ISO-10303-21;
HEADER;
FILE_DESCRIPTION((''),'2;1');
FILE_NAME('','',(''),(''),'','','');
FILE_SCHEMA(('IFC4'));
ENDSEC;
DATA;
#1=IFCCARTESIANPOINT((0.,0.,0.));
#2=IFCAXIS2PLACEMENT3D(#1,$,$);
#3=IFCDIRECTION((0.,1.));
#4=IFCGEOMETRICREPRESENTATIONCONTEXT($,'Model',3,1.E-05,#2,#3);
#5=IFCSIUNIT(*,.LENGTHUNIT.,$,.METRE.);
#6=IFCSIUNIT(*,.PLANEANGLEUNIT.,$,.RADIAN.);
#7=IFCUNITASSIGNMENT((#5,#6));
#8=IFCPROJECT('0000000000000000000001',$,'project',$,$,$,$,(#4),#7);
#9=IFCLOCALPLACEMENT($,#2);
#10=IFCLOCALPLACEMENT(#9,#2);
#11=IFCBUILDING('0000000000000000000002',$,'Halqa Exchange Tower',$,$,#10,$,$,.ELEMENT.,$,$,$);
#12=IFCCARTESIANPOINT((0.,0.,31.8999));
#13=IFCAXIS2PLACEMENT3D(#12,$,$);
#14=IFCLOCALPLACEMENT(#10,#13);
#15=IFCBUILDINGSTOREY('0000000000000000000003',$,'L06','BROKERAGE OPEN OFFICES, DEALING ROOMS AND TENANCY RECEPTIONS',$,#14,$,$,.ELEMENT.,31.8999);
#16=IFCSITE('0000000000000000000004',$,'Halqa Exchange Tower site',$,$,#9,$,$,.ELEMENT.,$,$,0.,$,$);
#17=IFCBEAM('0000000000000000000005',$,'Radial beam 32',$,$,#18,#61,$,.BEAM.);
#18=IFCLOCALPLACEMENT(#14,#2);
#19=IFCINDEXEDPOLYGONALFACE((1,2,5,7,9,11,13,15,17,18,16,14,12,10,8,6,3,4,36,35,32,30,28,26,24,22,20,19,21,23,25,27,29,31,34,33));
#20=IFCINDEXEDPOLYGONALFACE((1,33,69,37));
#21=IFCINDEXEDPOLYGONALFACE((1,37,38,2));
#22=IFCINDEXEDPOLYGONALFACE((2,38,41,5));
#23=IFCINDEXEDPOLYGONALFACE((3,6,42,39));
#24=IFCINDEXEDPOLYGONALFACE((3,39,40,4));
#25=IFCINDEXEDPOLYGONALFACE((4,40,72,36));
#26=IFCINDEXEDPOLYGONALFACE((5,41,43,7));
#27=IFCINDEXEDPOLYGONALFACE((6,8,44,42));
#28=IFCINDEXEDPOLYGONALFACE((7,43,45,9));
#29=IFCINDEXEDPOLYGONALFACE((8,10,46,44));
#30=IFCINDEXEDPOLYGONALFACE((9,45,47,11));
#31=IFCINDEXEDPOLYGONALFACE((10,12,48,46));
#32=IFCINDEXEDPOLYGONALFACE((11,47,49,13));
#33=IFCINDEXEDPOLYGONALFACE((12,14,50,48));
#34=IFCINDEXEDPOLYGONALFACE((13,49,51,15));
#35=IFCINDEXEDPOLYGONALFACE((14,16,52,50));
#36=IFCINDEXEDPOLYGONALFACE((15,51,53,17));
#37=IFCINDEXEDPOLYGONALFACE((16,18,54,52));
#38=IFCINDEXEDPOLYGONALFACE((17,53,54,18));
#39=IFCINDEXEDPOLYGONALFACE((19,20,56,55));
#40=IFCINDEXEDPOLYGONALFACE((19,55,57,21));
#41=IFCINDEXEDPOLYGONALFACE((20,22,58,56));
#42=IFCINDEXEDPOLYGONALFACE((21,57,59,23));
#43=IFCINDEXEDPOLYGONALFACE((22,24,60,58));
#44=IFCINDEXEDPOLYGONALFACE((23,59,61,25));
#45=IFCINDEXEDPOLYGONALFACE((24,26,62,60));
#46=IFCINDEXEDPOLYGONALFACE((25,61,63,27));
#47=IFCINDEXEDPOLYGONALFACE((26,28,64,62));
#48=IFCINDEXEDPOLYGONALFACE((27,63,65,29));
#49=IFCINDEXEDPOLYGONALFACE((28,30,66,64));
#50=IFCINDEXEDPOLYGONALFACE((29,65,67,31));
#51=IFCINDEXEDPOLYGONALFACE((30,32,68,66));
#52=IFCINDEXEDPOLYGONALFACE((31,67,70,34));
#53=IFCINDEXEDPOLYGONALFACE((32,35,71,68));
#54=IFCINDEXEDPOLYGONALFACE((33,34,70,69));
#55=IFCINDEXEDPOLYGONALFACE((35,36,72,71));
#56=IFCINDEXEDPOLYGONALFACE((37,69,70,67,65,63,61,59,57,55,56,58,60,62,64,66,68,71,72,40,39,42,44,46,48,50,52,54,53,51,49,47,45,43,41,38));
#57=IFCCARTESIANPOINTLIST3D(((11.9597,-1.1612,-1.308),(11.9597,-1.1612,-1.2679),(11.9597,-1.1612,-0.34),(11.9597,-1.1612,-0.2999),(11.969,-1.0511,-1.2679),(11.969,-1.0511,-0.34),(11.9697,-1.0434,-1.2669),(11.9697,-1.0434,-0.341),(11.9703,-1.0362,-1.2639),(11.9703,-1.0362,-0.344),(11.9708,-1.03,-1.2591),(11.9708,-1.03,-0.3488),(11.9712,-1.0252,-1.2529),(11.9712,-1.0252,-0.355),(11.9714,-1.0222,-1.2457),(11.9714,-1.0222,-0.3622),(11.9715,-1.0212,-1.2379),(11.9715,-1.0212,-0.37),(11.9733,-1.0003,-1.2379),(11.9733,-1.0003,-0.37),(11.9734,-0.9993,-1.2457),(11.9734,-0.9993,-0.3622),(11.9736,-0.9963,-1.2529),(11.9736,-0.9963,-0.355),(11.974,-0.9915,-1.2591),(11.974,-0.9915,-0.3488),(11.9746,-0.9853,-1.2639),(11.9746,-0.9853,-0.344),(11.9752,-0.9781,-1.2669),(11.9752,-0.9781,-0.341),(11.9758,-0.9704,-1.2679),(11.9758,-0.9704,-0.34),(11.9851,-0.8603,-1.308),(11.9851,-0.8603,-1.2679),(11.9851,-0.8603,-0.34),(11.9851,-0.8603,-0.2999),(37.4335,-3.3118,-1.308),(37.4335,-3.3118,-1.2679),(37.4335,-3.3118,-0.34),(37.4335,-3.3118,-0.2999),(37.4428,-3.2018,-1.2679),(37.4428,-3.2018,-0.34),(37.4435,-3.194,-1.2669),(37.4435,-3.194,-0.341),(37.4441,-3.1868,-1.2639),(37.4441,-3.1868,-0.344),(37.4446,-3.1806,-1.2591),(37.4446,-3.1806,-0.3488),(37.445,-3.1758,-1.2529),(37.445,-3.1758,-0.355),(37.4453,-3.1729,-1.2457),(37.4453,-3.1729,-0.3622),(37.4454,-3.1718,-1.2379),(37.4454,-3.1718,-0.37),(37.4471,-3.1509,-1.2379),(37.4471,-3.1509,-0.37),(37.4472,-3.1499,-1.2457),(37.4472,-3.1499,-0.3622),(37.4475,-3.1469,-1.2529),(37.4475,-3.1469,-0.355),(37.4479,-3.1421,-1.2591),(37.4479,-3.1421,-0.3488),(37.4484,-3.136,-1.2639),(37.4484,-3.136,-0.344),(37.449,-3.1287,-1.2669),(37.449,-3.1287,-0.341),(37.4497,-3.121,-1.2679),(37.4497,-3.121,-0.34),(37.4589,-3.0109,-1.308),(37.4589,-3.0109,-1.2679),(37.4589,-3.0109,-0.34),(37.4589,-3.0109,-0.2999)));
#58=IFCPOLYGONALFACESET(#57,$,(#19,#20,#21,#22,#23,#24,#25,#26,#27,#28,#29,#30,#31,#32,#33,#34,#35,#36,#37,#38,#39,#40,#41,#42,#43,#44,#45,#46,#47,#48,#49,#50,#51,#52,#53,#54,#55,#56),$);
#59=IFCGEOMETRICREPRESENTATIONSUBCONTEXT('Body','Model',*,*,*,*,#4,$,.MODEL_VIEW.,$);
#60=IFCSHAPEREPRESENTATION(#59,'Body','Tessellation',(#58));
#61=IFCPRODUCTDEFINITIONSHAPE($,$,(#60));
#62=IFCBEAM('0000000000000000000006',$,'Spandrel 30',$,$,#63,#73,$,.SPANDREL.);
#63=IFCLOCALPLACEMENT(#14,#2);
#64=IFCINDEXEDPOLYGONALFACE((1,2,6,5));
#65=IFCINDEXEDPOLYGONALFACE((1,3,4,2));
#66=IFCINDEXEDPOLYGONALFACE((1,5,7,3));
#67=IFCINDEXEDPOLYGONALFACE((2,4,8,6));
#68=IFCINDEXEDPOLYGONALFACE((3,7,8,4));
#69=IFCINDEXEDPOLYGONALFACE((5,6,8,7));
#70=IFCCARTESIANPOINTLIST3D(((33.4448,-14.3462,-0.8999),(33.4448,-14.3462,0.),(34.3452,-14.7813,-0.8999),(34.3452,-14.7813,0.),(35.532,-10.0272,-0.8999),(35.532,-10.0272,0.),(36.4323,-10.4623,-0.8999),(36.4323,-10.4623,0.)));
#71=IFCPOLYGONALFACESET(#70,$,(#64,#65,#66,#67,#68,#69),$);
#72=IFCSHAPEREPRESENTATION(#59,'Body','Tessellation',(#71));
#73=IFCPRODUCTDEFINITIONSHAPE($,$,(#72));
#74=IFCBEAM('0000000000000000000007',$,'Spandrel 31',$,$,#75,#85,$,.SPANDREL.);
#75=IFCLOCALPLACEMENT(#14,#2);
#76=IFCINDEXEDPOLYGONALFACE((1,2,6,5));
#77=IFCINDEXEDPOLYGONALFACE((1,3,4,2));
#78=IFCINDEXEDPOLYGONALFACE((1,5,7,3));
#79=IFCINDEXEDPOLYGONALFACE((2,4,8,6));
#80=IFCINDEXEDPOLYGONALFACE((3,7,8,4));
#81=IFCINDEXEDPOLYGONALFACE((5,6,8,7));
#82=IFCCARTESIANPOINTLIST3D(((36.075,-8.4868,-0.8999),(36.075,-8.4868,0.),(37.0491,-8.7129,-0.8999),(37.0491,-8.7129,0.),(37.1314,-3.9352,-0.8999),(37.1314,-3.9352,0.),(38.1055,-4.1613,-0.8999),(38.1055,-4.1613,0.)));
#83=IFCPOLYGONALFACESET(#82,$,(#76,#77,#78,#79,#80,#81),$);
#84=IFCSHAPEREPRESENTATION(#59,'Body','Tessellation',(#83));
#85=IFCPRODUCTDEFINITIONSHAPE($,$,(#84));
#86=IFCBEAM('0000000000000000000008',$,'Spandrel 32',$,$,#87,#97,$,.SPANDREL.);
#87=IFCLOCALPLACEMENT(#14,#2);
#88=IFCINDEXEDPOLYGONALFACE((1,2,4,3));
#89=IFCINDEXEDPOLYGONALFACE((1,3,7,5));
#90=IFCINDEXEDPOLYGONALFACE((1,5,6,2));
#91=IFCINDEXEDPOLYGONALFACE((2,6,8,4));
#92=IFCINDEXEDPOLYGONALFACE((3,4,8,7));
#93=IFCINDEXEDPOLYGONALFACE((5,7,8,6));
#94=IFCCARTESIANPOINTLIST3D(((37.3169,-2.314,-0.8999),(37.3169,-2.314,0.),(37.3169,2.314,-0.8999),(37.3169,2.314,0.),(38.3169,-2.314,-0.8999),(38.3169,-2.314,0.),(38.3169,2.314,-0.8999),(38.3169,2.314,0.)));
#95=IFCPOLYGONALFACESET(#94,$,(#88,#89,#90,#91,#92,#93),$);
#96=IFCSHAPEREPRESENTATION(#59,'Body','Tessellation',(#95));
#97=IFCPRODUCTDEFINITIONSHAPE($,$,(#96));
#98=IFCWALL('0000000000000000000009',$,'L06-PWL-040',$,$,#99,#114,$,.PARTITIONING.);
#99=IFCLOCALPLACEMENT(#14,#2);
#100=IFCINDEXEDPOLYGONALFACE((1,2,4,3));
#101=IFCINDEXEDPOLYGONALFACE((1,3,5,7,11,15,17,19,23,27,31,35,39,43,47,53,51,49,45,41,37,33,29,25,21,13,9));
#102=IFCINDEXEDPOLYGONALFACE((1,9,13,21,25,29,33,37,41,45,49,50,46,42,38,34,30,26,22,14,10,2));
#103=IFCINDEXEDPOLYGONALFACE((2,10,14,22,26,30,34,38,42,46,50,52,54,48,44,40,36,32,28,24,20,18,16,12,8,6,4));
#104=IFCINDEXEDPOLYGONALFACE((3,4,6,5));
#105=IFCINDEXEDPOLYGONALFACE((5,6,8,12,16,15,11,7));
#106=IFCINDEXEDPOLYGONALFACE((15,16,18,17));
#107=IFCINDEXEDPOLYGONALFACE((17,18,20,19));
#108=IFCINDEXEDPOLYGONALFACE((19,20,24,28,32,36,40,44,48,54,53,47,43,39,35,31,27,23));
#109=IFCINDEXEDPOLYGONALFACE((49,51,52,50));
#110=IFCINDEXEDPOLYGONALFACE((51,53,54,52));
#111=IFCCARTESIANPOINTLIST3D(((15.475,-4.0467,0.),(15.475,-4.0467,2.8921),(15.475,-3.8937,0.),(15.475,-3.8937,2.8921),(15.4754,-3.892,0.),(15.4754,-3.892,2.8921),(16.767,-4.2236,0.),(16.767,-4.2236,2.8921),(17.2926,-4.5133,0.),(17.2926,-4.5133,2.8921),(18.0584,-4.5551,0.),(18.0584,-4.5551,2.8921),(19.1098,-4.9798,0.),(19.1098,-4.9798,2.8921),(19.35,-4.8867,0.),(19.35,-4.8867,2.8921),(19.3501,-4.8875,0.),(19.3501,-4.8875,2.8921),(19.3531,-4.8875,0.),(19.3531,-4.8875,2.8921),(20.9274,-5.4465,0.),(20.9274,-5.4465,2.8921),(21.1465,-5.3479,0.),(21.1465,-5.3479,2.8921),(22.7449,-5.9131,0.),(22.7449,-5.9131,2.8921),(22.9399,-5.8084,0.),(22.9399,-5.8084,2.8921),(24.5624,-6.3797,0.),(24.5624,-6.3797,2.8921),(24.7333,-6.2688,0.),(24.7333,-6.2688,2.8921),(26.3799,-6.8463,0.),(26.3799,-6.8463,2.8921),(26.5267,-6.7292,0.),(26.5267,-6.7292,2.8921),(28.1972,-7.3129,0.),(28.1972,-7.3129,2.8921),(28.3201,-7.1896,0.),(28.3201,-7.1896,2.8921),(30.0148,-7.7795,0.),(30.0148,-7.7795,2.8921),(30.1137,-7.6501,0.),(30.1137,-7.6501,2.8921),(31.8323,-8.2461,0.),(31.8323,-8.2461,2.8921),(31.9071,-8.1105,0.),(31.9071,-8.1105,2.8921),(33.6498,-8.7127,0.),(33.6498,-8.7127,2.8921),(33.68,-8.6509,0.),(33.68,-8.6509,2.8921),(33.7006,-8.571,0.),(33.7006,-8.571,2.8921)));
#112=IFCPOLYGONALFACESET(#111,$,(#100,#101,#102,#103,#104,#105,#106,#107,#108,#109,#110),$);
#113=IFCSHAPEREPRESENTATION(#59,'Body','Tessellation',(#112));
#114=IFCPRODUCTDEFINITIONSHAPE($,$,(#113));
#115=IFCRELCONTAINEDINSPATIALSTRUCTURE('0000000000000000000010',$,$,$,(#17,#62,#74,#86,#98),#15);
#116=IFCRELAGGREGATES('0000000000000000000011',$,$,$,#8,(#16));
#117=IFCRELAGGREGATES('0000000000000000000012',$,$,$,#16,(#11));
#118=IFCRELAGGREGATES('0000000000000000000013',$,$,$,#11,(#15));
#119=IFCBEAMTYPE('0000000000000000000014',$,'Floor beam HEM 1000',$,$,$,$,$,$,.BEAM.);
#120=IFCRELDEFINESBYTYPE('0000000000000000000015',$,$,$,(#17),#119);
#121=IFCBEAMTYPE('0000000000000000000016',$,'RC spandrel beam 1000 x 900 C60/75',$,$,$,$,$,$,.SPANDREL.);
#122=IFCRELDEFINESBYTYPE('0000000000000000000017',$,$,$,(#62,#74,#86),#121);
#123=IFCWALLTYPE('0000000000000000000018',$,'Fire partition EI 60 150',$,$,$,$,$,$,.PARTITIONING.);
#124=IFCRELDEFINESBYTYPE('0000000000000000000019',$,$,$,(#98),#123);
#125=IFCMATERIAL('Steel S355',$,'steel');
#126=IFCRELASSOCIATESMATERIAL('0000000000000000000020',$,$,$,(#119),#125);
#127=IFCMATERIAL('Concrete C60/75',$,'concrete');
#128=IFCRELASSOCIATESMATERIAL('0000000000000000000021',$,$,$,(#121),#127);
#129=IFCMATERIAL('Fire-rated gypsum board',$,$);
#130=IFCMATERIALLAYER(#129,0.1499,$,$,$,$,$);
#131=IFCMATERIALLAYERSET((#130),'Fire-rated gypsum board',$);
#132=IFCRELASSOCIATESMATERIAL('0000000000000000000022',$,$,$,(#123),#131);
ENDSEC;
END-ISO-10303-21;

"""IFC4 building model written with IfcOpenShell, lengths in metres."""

from ifc_helpers import new_model, si_unit, direction, frame, origin, origin_2d, place, context, subcontext, project, spatial, polyline, rectangle, i_section, outline, extrude, material, layer, layer_set, material_profile, profile_set, type_object, element, save


model = new_model("IFC4")

# Units and contexts
model_context = context("Model", 3, precision=1e-05, world=origin(), true_north=direction((0.0, 1.0)))
body_context = subcontext(model_context, "Body", "Model", "MODEL_VIEW")
ifc_project = project(units=[si_unit("LENGTHUNIT", "METRE"), si_unit("PLANEANGLEUNIT", "RADIAN")], contexts=[model_context])

# Site, building, storey
site_placement = place(None, origin())
site = spatial("IfcSite", under=ifc_project, at=site_placement, Name="Halqa Exchange Tower site", CompositionType="ELEMENT", RefElevation=0.0)
building_placement = place(site_placement, origin())
building = spatial("IfcBuilding", under=site, at=building_placement, Name="Halqa Exchange Tower", CompositionType="ELEMENT")
storey_placement = place(building_placement, frame((0.0, 0.0, 31.8999)))
storey = spatial("IfcBuildingStorey", under=building, at=storey_placement, Name="L06", Description="BROKERAGE OPEN OFFICES, DEALING ROOMS AND TENANCY RECEPTIONS", CompositionType="ELEMENT", Elevation=31.8999)

# Beams
ifc_material_1 = material(Name="Steel S355", Category="steel")
ifc_material_profile_1 = material_profile(ifc_material_1, i_section(OverallWidth=0.302, OverallDepth=1.0081, WebThickness=0.021, FlangeThickness=0.04, FilletRadius=0.03, at=origin_2d()), Name="HEM 1000")
ifc_profile_set_1 = profile_set([ifc_material_profile_1], Name="Steel S355")
beam_type_1 = type_object("IfcBeamType", Name="Floor beam HEM 1000", PredefinedType="BEAM", material=ifc_profile_set_1)
beam_1_placement = place(storey_placement, frame((11.9724, -1.0107, -0.804), z_axis=(0.996455, -0.084126, 0.0), x_axis=(0.084126, 0.996455, 0.0)))
element("IfcBeam", 1, at=beam_1_placement, inside=storey, type_object=beam_type_1, Name="Radial beam 32", PredefinedType="BEAM", context=body_context, shape_type="SweptSolid", body=[
    extrude(i_section(OverallWidth=0.302, OverallDepth=1.0081, WebThickness=0.021, FlangeThickness=0.04, FilletRadius=0.03, at=origin_2d()), origin(), (0.0, 0.0, 1.0), 25.5645),
])
ifc_material_2 = material(Name="Concrete C60/75", Category="concrete")
ifc_material_profile_2 = material_profile(ifc_material_2, rectangle(XDim=1.0, YDim=0.8999, at=origin_2d()), Name="1000 x 900")
ifc_profile_set_2 = profile_set([ifc_material_profile_2], Name="Concrete C60/75")
beam_type_2 = type_object("IfcBeamType", Name="RC spandrel beam 1000 x 900 C60/75", PredefinedType="SPANDREL", material=ifc_profile_set_2)
beam_2_placement = place(storey_placement, frame((33.895, -14.5637, -0.45), z_axis=(0.435101, 0.900382, 0.0), x_axis=(-0.900382, 0.435101, 0.0)))
element("IfcBeam", 2, at=beam_2_placement, inside=storey, type_object=beam_type_2, Name="Spandrel 30", PredefinedType="SPANDREL", context=body_context, shape_type="SweptSolid", body=[
    extrude(rectangle(XDim=1.0, YDim=0.8999, at=origin_2d()), origin(), (0.0, 0.0, 1.0), 4.7969),
])
beam_3_placement = place(storey_placement, frame((36.562, -8.5999, -0.45), z_axis=(0.226088, 0.974107, 0.0), x_axis=(-0.974107, 0.226088, 0.0)))
element("IfcBeam", 3, at=beam_3_placement, inside=storey, type_object=beam_type_2, Name="Spandrel 31", PredefinedType="SPANDREL", context=body_context, shape_type="SweptSolid", body=[
    extrude(rectangle(XDim=1.0, YDim=0.8999, at=origin_2d()), origin(), (0.0, 0.0, 1.0), 4.6726),
])
beam_4_placement = place(storey_placement, frame((37.8169, -2.314, -0.45), z_axis=(0.0, 1.0, 0.0), x_axis=(-1.0, 0.0, 0.0)))
element("IfcBeam", 4, at=beam_4_placement, inside=storey, type_object=beam_type_2, Name="Spandrel 32", PredefinedType="SPANDREL", context=body_context, shape_type="SweptSolid", body=[
    extrude(rectangle(XDim=1.0, YDim=0.8999, at=origin_2d()), origin(), (0.0, 0.0, 1.0), 4.6279),
])

# Wall
ifc_material_3 = material(Name="Fire-rated gypsum board")
ifc_layer_1 = layer(ifc_material_3, 0.1499)
ifc_layer_set_1 = layer_set([ifc_layer_1], Name="Fire-rated gypsum board")
wall_type_1 = type_object("IfcWallType", Name="Fire partition EI 60 150", PredefinedType="PARTITIONING", material=ifc_layer_set_1)
wall_1_placement = place(storey_placement, frame((15.4568, -3.9646, 0.0), z_axis=(0.0, 0.0, 1.0), x_axis=(0.968589, -0.248667, 0.0)))
element("IfcWall", 5, at=wall_1_placement, inside=storey, type_object=wall_type_1, Name="L06-PWL-040", PredefinedType="PARTITIONING", context=body_context, shape_type="SweptSolid", body=[
    extrude(outline(polyline([(0.0381, -0.075), (1.9146, -0.075), (3.7908, -0.075), (5.6672, -0.075), (7.5437, -0.075), (9.4202, -0.075), (11.2966, -0.075), (13.1729, -0.075), (15.0493, -0.075), (16.9258, -0.075), (18.8022, -0.075), (18.8162, -0.0076), (18.8162, 0.075), (16.9646, 0.075), (15.113, 0.075), (13.2612, 0.075), (11.4097, 0.075), (9.5581, 0.075), (7.7065, 0.075), (5.855, 0.075), (4.0034, 0.075), (4.0005, 0.0742), (4.0002, 0.075), (2.6667, 0.075), (1.3335, 0.075), (0.0, 0.075), (0.0, 0.0732), (0.0381, -0.075)])), origin(), (0.0, 0.0, 1.0), 2.8921),
])

save(model, "model.ifc")
